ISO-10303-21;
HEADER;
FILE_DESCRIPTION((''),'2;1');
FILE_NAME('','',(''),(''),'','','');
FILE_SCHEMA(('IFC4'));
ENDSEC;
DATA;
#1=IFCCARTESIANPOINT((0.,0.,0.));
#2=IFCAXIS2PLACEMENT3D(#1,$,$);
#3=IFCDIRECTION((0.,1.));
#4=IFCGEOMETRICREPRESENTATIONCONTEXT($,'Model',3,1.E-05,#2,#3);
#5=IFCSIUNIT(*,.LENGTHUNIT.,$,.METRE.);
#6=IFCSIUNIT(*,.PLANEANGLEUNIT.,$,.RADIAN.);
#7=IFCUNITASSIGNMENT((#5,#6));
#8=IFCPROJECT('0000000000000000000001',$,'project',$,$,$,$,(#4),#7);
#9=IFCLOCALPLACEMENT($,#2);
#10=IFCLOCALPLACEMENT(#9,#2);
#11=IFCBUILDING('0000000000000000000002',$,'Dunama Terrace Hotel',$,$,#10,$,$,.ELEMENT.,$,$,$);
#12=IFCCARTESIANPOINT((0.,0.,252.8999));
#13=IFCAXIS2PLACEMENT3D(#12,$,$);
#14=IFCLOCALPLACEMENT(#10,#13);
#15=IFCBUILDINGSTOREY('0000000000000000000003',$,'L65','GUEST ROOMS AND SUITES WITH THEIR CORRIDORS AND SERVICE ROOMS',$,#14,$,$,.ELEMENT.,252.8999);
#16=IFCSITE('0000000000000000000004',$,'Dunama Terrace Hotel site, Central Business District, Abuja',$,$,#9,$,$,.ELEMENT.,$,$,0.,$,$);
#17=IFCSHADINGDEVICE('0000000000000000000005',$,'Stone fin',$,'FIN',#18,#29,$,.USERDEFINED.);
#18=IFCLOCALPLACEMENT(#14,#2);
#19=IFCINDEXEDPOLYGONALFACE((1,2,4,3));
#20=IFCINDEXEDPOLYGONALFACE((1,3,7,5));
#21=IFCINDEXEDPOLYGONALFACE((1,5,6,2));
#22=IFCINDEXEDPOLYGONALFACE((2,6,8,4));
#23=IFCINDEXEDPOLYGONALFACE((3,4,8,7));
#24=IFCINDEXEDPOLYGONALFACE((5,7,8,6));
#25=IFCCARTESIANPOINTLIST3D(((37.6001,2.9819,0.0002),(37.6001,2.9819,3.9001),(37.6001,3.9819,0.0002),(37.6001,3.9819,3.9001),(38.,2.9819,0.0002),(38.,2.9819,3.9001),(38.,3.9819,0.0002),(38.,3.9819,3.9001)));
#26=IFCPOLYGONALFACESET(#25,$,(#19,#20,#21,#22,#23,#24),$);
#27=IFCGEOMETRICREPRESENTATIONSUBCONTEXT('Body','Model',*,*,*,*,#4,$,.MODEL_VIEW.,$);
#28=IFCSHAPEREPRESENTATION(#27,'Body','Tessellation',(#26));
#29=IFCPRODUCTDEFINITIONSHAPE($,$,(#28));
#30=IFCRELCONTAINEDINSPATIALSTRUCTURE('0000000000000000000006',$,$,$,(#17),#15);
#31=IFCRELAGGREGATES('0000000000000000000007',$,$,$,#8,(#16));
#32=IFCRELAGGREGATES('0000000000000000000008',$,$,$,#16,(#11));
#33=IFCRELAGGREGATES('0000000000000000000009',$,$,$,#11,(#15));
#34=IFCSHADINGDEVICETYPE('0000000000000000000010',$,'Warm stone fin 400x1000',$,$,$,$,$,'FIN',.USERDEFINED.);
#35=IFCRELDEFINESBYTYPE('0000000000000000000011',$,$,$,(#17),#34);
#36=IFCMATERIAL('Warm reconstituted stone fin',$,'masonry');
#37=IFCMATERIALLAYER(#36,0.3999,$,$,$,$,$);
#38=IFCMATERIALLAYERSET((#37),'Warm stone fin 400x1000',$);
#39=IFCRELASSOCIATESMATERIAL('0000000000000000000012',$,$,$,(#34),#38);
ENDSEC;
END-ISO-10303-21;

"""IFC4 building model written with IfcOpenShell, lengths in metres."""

from ifc_helpers import new_model, si_unit, direction, frame, origin, origin_2d, place, context, subcontext, project, spatial, rectangle, extrude, material, layer, layer_set, type_object, element, save


model = new_model("IFC4")

# Units and contexts
model_context = context("Model", 3, precision=1e-05, world=origin(), true_north=direction((0.0, 1.0)))
body_context = subcontext(model_context, "Body", "Model", "MODEL_VIEW")
ifc_project = project(units=[si_unit("LENGTHUNIT", "METRE"), si_unit("PLANEANGLEUNIT", "RADIAN")], contexts=[model_context])

# Site, building, storey
site_placement = place(None, origin())
site = spatial("IfcSite", under=ifc_project, at=site_placement, Name="Dunama Terrace Hotel site, Central Business District, Abuja", CompositionType="ELEMENT", RefElevation=0.0)
building_placement = place(site_placement, origin())
building = spatial("IfcBuilding", under=site, at=building_placement, Name="Dunama Terrace Hotel", CompositionType="ELEMENT")
storey_placement = place(building_placement, frame((0.0, 0.0, 252.8999)))
storey = spatial("IfcBuildingStorey", under=building, at=storey_placement, Name="L65", Description="GUEST ROOMS AND SUITES WITH THEIR CORRIDORS AND SERVICE ROOMS", CompositionType="ELEMENT", Elevation=252.8999)

# Shading device
ifc_material_1 = material(Name="Warm reconstituted stone fin", Category="masonry")
ifc_layer_1 = layer(ifc_material_1, 0.3999)
ifc_layer_set_1 = layer_set([ifc_layer_1], Name="Warm stone fin 400x1000")
shading_device_type = type_object("IfcShadingDeviceType", Name="Warm stone fin 400x1000", ElementType="FIN", PredefinedType="USERDEFINED", material=ifc_layer_set_1)
shading_device_placement = place(storey_placement, frame((37.8, 3.4819, 0.0002), z_axis=(0.0, 0.0, 1.0), x_axis=(1.0, 0.0, 0.0)))
element("IfcShadingDevice", 1, at=shading_device_placement, inside=storey, type_object=shading_device_type, Name="Stone fin", ObjectType="FIN", PredefinedType="USERDEFINED", context=body_context, shape_type="SweptSolid", body=[
    extrude(rectangle(XDim=0.3999, YDim=1.0, at=origin_2d()), origin(), (0.0, 0.0, 1.0), 3.8999),
])

save(model, "model.ifc")
